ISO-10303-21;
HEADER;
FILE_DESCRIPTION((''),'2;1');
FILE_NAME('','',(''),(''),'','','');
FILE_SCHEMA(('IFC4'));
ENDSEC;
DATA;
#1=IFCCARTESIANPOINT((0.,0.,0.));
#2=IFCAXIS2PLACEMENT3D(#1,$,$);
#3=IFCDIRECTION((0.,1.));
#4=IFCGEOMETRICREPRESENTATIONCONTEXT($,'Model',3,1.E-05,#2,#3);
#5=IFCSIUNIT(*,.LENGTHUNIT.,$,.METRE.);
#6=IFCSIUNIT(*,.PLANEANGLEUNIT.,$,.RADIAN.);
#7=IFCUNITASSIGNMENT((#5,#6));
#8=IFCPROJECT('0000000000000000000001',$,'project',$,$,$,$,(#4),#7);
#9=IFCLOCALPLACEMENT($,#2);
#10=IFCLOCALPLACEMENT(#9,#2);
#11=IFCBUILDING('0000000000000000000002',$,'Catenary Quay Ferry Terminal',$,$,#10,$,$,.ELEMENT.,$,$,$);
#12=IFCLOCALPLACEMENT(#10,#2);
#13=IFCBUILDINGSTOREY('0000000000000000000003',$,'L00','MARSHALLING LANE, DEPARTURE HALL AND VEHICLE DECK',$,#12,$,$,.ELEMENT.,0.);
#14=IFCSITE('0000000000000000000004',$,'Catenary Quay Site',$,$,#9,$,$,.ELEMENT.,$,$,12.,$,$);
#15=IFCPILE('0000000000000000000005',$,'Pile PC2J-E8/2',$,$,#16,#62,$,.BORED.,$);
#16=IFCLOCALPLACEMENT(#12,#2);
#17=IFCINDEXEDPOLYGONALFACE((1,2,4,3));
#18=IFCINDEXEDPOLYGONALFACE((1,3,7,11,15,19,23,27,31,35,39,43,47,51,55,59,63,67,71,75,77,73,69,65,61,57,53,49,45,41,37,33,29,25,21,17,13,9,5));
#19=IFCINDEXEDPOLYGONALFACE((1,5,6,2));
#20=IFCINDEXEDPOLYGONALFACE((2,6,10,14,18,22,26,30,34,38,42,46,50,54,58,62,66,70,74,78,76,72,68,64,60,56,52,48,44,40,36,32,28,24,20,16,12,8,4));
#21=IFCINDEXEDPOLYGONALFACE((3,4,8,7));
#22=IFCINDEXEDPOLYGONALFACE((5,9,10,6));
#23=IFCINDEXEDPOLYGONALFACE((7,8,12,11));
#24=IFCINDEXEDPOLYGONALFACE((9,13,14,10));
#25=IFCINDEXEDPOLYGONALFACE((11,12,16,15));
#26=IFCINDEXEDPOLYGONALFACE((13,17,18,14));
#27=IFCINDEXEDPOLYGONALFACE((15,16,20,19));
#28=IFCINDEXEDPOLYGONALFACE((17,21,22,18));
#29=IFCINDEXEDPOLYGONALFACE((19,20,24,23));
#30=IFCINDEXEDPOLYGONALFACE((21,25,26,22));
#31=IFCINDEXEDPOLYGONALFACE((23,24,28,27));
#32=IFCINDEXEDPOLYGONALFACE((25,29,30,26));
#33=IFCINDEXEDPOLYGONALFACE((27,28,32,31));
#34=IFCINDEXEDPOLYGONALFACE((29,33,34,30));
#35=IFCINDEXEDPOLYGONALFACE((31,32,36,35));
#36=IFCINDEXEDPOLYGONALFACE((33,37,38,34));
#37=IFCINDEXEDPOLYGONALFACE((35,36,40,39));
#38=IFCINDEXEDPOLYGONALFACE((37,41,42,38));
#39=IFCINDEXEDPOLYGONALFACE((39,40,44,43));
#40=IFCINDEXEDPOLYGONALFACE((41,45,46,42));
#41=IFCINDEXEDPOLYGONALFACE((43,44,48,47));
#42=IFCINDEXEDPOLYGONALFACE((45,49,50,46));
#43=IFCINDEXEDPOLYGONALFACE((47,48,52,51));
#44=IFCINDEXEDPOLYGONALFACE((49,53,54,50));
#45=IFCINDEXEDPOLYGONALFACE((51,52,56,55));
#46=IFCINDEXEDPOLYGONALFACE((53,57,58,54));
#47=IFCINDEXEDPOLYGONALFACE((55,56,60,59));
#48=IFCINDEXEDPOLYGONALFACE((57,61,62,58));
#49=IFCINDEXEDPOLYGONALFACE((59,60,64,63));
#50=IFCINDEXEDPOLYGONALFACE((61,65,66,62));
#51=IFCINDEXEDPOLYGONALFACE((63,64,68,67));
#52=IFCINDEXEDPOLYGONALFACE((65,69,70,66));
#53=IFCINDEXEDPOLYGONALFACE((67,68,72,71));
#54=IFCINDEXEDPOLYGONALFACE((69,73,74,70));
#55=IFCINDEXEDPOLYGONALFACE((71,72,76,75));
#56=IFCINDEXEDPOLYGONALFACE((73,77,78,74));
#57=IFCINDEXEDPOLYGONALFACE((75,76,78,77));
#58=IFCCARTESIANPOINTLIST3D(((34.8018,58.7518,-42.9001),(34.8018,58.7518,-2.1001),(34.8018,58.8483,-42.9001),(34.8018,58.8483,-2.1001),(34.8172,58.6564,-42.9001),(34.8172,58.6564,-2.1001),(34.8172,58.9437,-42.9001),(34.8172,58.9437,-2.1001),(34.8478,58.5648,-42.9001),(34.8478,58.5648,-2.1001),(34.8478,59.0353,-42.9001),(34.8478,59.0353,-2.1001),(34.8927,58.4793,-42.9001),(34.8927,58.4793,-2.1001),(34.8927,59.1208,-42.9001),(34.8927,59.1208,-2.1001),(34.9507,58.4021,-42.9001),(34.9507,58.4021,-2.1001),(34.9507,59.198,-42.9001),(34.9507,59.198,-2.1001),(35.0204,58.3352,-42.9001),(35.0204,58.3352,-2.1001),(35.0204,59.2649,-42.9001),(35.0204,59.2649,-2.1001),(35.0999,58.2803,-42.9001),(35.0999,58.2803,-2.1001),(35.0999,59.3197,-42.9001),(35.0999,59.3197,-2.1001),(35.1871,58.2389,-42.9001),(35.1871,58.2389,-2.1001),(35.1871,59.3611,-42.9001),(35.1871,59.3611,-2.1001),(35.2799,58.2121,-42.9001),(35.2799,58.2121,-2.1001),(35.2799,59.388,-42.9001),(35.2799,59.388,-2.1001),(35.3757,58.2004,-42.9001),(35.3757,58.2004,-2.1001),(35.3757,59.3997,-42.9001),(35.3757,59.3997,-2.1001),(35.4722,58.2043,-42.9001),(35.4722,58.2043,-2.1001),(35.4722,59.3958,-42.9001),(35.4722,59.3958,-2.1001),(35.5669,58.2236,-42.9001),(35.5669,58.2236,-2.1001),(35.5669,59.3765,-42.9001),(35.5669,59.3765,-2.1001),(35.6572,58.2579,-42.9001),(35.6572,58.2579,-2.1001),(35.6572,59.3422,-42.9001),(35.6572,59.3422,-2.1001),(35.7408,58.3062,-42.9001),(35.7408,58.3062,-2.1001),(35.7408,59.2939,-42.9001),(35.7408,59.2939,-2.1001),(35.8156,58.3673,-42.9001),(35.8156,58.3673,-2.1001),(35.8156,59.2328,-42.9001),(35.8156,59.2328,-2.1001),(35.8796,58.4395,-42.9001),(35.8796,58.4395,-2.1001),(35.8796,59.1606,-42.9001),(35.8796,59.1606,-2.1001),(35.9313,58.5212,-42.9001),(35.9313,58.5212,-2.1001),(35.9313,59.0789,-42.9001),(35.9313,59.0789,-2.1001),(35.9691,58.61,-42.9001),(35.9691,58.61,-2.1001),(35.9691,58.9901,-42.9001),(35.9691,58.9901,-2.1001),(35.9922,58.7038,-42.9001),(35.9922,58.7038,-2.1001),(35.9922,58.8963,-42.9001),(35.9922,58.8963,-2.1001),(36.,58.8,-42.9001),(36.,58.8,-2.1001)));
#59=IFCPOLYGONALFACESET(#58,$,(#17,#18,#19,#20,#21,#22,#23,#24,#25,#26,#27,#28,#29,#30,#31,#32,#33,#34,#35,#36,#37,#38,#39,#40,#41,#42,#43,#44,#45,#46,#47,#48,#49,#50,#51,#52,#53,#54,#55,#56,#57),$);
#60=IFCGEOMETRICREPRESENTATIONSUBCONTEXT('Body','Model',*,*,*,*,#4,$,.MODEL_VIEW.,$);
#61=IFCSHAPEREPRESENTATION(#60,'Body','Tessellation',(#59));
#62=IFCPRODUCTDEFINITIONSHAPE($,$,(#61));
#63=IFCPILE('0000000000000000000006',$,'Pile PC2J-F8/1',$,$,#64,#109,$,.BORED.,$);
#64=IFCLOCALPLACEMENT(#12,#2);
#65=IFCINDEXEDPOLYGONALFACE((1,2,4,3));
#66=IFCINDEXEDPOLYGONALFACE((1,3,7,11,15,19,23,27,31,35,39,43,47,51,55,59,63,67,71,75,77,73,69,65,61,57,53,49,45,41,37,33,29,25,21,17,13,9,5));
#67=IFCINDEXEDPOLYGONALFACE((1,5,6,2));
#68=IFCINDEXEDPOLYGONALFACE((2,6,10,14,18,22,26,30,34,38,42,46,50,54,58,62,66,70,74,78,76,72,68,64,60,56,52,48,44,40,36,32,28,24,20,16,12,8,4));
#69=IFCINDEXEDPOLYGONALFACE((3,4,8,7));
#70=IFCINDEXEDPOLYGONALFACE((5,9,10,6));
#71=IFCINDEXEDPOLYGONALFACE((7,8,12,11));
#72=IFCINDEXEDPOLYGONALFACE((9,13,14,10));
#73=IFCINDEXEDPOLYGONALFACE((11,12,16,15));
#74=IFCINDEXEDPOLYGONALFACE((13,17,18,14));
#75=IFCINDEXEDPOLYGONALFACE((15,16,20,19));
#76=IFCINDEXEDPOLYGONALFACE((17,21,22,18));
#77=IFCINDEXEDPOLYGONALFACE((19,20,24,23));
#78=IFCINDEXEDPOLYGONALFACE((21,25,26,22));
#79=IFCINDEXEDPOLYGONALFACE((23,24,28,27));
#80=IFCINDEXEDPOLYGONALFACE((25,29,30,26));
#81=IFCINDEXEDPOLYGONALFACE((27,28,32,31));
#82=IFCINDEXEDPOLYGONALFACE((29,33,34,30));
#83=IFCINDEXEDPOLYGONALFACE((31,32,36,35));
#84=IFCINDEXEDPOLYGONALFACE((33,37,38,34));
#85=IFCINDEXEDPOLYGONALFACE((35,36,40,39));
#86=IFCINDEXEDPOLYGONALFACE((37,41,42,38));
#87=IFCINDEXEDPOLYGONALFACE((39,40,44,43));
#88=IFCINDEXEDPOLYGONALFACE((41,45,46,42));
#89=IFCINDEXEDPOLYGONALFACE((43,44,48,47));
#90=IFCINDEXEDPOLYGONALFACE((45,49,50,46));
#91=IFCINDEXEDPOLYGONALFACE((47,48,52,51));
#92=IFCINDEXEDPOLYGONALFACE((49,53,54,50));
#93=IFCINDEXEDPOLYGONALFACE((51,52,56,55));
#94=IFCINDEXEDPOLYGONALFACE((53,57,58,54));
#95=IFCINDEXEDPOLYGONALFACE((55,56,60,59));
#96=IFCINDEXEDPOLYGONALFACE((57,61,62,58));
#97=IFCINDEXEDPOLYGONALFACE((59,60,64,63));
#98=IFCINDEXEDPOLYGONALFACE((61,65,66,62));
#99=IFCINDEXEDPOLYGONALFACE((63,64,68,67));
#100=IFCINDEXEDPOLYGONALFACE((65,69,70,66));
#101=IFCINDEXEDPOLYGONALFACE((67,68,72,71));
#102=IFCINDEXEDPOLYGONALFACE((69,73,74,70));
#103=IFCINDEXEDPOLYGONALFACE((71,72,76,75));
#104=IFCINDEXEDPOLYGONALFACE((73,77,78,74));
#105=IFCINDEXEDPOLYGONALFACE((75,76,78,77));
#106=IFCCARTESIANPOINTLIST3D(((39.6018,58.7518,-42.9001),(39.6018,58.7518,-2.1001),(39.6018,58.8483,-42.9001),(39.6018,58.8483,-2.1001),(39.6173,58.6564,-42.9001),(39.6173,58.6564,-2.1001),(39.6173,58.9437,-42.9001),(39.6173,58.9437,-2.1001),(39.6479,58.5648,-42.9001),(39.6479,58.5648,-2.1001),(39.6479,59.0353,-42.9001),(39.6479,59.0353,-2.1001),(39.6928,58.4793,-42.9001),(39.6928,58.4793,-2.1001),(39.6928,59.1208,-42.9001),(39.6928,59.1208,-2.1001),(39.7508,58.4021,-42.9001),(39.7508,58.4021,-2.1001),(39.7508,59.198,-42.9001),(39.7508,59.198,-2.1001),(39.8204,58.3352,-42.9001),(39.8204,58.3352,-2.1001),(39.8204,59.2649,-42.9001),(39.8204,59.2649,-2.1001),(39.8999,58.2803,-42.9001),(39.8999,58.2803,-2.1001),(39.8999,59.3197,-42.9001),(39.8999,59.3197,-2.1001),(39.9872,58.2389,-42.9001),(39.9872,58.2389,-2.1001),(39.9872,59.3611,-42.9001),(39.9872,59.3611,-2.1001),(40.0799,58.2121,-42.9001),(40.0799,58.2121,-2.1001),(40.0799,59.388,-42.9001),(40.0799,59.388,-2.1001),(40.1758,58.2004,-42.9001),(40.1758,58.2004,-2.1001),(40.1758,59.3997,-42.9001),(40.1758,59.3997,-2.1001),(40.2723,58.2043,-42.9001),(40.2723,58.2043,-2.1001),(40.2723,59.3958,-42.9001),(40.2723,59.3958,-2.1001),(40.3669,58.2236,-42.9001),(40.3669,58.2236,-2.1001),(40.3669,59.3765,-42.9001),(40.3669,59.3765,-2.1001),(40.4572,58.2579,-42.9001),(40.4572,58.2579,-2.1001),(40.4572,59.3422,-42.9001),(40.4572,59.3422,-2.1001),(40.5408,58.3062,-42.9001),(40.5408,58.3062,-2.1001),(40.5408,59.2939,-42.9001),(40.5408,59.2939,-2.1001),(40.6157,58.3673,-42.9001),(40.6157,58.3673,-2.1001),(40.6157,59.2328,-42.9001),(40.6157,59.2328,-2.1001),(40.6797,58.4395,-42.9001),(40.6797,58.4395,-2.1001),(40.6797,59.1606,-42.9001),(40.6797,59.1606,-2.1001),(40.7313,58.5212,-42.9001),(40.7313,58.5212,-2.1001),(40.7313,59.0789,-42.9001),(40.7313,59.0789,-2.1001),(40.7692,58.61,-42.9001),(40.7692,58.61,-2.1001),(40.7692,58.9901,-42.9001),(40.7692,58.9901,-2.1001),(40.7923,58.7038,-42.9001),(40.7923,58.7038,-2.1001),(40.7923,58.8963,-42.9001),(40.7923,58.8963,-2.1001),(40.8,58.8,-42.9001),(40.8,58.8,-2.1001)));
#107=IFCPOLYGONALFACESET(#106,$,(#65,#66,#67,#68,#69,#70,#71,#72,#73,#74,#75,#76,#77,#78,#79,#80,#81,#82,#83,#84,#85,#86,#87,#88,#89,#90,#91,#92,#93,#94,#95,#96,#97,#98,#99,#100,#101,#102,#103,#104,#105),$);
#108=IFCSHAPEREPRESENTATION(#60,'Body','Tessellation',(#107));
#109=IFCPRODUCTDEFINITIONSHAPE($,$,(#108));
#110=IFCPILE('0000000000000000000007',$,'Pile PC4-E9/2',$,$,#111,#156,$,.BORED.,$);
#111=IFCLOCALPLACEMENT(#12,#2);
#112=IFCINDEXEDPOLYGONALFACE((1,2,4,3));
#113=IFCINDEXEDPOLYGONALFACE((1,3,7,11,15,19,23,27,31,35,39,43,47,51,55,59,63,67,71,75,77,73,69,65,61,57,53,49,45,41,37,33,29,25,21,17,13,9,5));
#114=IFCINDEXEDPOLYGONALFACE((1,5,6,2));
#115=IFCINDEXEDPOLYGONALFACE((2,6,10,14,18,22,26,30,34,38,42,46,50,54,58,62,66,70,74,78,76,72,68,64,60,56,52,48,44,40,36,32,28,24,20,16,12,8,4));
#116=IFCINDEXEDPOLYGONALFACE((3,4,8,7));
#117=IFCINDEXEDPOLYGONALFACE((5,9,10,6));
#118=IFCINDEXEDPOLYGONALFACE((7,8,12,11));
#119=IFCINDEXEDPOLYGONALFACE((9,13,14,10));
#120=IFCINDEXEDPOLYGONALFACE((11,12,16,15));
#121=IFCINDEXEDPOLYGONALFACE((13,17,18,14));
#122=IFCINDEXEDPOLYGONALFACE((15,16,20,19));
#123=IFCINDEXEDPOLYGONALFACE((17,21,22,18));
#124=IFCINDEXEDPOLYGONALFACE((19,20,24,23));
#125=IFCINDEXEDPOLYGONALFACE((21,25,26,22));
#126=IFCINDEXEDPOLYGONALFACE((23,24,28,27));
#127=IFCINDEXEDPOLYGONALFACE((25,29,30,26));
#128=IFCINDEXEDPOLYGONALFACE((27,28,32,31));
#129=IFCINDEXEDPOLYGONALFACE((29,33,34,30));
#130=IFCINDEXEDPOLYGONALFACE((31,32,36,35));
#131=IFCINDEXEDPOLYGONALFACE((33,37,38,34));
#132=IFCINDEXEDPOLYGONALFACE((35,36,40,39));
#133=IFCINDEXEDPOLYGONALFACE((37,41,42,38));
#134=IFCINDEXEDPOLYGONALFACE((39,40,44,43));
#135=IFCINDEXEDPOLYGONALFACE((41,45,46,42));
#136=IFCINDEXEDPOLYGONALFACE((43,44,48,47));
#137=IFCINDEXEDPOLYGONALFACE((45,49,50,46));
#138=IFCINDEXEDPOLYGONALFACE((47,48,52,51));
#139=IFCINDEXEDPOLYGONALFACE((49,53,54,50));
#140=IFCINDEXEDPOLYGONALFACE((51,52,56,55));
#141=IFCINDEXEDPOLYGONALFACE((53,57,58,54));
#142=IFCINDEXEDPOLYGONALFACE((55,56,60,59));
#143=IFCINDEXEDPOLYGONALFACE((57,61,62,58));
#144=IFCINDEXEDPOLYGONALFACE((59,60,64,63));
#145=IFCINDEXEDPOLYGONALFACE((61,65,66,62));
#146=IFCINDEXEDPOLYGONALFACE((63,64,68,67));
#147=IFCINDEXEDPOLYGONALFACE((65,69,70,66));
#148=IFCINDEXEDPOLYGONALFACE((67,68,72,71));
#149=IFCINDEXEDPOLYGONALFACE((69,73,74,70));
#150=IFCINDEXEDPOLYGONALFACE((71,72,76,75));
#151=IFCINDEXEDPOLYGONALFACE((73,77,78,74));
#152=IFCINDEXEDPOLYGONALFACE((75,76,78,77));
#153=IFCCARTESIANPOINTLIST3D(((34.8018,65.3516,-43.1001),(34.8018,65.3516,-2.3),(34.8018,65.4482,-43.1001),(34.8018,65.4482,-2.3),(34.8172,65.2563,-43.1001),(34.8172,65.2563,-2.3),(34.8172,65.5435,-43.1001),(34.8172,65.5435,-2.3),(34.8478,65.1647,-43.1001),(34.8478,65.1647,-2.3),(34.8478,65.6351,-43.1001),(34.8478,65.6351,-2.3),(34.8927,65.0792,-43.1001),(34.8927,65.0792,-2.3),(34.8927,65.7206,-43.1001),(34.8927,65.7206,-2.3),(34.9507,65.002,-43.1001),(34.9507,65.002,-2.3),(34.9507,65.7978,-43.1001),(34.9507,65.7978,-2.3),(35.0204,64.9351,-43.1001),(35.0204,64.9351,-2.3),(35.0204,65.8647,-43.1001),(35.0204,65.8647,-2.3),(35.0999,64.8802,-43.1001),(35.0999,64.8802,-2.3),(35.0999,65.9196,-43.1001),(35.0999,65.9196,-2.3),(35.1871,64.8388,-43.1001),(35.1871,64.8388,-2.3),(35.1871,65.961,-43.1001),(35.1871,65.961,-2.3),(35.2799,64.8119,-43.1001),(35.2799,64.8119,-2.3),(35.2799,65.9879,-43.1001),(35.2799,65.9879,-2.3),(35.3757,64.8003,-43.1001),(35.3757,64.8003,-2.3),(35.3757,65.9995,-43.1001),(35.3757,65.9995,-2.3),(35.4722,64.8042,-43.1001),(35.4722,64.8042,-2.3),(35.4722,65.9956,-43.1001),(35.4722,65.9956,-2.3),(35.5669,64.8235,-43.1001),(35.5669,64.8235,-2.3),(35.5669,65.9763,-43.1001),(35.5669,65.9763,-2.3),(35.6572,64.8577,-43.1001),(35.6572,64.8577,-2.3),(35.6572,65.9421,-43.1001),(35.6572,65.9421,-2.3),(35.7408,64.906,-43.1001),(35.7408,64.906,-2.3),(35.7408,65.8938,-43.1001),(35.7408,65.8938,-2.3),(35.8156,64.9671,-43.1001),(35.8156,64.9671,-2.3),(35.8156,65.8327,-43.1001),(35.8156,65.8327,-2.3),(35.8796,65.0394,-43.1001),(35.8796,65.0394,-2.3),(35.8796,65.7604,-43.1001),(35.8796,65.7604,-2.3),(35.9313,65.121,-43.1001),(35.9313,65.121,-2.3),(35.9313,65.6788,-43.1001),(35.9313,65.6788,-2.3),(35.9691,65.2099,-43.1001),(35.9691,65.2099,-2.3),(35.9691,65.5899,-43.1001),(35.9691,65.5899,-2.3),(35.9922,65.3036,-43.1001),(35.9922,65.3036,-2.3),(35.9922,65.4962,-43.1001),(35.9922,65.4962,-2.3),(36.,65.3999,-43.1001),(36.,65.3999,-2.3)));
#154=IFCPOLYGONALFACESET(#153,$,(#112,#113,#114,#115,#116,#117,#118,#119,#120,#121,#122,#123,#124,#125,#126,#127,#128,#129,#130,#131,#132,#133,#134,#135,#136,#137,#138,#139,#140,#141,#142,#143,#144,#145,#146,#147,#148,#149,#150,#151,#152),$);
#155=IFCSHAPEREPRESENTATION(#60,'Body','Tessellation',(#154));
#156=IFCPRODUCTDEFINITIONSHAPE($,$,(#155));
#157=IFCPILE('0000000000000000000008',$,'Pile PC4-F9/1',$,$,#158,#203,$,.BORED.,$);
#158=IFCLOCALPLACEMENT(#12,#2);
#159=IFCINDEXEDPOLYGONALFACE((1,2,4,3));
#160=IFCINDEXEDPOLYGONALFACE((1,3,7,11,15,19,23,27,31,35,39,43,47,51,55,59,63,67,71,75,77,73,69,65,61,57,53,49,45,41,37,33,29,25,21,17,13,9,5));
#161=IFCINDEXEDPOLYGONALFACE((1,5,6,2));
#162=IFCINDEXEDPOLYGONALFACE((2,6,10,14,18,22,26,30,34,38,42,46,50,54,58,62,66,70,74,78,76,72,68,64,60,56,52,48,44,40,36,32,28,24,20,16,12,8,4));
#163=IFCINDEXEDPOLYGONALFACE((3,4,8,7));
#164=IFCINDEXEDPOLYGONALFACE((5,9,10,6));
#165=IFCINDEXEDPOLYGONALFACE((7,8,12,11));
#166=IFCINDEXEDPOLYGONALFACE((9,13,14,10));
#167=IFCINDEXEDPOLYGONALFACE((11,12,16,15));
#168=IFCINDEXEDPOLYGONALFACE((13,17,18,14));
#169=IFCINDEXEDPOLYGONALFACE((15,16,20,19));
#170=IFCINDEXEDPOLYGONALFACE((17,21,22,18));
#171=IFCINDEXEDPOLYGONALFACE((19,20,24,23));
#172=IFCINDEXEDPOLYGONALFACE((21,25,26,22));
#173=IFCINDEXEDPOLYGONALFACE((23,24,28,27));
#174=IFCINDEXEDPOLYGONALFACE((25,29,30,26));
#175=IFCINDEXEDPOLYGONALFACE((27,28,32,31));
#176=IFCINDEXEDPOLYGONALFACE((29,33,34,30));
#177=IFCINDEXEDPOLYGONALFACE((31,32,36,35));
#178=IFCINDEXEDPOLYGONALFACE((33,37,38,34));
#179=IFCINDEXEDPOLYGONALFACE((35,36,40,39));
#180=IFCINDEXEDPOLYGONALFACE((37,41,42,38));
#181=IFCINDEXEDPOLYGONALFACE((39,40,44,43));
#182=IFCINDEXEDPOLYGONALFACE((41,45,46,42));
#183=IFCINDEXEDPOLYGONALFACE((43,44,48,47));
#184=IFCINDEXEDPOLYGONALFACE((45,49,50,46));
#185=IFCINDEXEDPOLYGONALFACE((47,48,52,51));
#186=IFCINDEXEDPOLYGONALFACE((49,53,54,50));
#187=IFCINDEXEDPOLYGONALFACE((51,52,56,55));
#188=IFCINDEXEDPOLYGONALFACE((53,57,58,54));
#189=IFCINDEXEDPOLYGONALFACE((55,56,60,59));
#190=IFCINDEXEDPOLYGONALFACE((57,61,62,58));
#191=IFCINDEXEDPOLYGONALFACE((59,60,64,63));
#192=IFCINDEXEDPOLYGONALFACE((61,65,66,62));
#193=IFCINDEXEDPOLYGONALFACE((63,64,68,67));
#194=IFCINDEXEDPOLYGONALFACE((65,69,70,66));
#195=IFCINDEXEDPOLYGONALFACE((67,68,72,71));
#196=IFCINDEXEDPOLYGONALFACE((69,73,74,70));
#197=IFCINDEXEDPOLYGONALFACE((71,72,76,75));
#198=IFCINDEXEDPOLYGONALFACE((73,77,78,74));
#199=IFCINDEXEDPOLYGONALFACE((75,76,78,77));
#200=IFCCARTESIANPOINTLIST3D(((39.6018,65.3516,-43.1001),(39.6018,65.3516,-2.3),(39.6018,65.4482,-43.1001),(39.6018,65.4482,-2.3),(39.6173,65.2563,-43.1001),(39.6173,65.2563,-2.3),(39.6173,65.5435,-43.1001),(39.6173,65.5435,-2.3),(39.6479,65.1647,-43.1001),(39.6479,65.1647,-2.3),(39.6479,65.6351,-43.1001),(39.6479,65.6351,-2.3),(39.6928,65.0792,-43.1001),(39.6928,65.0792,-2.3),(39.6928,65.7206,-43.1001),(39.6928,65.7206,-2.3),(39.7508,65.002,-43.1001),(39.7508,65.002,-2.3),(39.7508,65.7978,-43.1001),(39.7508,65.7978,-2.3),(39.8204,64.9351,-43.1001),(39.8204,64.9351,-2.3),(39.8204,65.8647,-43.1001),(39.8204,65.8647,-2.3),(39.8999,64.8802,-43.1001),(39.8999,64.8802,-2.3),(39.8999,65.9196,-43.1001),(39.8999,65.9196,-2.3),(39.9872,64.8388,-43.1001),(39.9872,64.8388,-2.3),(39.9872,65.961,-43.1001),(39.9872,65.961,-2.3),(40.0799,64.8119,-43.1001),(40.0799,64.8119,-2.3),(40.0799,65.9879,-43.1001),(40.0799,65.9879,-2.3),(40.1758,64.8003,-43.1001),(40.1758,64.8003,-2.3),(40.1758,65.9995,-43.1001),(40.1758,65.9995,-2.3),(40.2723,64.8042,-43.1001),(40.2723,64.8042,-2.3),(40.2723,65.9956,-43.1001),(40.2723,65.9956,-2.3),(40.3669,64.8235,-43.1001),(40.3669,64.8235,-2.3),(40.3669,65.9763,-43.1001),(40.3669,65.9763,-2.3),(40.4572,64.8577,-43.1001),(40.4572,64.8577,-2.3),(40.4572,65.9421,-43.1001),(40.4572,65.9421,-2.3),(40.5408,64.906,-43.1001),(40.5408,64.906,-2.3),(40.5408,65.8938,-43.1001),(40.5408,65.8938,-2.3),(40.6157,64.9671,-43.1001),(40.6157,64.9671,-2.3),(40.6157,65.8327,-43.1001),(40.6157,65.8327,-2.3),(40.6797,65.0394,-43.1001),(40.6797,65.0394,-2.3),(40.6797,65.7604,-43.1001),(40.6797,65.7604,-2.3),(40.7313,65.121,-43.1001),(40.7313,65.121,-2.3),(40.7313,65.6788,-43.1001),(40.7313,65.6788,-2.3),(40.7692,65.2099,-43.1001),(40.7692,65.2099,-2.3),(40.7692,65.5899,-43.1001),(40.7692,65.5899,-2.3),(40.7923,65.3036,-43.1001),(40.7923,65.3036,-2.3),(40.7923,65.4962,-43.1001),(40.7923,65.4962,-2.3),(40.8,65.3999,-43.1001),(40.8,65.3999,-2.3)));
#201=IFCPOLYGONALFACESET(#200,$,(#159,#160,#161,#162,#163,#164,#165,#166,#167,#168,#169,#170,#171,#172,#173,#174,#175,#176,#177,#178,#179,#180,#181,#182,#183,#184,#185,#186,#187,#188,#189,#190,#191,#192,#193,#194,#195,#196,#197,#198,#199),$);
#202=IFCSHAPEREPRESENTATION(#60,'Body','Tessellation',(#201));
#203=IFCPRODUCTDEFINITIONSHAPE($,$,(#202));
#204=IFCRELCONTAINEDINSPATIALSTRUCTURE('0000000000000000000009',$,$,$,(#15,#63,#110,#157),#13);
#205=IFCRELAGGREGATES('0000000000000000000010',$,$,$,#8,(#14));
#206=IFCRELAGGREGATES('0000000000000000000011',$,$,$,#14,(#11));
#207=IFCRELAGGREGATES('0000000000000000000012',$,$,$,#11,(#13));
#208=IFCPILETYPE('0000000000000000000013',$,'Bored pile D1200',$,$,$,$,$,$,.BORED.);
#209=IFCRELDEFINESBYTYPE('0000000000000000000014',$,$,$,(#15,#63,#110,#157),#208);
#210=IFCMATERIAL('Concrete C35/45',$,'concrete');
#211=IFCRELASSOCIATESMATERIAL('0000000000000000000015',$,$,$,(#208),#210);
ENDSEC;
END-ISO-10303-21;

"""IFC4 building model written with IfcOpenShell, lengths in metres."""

from ifc_helpers import new_model, si_unit, direction, frame, origin, origin_2d, place, context, subcontext, project, spatial, circle, extrude, material, material_profile, profile_set, type_object, element, save


model = new_model("IFC4")

# Units and contexts
model_context = context("Model", 3, precision=1e-05, world=origin(), true_north=direction((0.0, 1.0)))
body_context = subcontext(model_context, "Body", "Model", "MODEL_VIEW")
ifc_project = project(units=[si_unit("LENGTHUNIT", "METRE"), si_unit("PLANEANGLEUNIT", "RADIAN")], contexts=[model_context])

# Site, building, storey
site_placement = place(None, origin())
site = spatial("IfcSite", under=ifc_project, at=site_placement, Name="Catenary Quay Site", CompositionType="ELEMENT", RefElevation=12.0)
building_placement = place(site_placement, origin())
building = spatial("IfcBuilding", under=site, at=building_placement, Name="Catenary Quay Ferry Terminal", CompositionType="ELEMENT")
storey_placement = place(building_placement, origin())
storey = spatial("IfcBuildingStorey", under=building, at=storey_placement, Name="L00", Description="MARSHALLING LANE, DEPARTURE HALL AND VEHICLE DECK", CompositionType="ELEMENT", Elevation=0.0)

# Piles
ifc_material_1 = material(Name="Concrete C35/45", Category="concrete")
ifc_material_profile_1 = material_profile(ifc_material_1, circle(Radius=0.6001, at=origin_2d()), Name="D1200")
ifc_profile_set_1 = profile_set([ifc_material_profile_1], Name="Concrete C35/45")
pile_type = type_object("IfcPileType", Name="Bored pile D1200", PredefinedType="BORED", material=ifc_profile_set_1)
for number, where, z_axis, x_axis, name in (
    (1, (35.3999, 58.8, -2.1001), (0.0, 0.0, -1.0), (1.0, 0.0, 0.0), "Pile PC2J-E8/2"),
    (2, (40.2, 58.8, -2.1001), (0.0, 0.0, -1.0), (1.0, 0.0, 0.0), "Pile PC2J-F8/1"),
    (3, (35.3999, 65.3999, -2.3), (0.0, 0.0, -1.0), (1.0, 0.0, 0.0), "Pile PC4-E9/2"),
    (4, (40.2, 65.3999, -2.3), (0.0, 0.0, -1.0), (1.0, 0.0, 0.0), "Pile PC4-F9/1"),
):
    element("IfcPile", number, at=place(storey_placement, frame(where, z_axis=z_axis, x_axis=x_axis)), inside=storey, type_object=pile_type, Name=name, PredefinedType="BORED", context=body_context, shape_type="SweptSolid", body=[
        extrude(circle(Radius=0.6001, at=origin_2d()), origin(), (0.0, 0.0, 1.0), 40.8),
    ])

save(model, "model.ifc")
